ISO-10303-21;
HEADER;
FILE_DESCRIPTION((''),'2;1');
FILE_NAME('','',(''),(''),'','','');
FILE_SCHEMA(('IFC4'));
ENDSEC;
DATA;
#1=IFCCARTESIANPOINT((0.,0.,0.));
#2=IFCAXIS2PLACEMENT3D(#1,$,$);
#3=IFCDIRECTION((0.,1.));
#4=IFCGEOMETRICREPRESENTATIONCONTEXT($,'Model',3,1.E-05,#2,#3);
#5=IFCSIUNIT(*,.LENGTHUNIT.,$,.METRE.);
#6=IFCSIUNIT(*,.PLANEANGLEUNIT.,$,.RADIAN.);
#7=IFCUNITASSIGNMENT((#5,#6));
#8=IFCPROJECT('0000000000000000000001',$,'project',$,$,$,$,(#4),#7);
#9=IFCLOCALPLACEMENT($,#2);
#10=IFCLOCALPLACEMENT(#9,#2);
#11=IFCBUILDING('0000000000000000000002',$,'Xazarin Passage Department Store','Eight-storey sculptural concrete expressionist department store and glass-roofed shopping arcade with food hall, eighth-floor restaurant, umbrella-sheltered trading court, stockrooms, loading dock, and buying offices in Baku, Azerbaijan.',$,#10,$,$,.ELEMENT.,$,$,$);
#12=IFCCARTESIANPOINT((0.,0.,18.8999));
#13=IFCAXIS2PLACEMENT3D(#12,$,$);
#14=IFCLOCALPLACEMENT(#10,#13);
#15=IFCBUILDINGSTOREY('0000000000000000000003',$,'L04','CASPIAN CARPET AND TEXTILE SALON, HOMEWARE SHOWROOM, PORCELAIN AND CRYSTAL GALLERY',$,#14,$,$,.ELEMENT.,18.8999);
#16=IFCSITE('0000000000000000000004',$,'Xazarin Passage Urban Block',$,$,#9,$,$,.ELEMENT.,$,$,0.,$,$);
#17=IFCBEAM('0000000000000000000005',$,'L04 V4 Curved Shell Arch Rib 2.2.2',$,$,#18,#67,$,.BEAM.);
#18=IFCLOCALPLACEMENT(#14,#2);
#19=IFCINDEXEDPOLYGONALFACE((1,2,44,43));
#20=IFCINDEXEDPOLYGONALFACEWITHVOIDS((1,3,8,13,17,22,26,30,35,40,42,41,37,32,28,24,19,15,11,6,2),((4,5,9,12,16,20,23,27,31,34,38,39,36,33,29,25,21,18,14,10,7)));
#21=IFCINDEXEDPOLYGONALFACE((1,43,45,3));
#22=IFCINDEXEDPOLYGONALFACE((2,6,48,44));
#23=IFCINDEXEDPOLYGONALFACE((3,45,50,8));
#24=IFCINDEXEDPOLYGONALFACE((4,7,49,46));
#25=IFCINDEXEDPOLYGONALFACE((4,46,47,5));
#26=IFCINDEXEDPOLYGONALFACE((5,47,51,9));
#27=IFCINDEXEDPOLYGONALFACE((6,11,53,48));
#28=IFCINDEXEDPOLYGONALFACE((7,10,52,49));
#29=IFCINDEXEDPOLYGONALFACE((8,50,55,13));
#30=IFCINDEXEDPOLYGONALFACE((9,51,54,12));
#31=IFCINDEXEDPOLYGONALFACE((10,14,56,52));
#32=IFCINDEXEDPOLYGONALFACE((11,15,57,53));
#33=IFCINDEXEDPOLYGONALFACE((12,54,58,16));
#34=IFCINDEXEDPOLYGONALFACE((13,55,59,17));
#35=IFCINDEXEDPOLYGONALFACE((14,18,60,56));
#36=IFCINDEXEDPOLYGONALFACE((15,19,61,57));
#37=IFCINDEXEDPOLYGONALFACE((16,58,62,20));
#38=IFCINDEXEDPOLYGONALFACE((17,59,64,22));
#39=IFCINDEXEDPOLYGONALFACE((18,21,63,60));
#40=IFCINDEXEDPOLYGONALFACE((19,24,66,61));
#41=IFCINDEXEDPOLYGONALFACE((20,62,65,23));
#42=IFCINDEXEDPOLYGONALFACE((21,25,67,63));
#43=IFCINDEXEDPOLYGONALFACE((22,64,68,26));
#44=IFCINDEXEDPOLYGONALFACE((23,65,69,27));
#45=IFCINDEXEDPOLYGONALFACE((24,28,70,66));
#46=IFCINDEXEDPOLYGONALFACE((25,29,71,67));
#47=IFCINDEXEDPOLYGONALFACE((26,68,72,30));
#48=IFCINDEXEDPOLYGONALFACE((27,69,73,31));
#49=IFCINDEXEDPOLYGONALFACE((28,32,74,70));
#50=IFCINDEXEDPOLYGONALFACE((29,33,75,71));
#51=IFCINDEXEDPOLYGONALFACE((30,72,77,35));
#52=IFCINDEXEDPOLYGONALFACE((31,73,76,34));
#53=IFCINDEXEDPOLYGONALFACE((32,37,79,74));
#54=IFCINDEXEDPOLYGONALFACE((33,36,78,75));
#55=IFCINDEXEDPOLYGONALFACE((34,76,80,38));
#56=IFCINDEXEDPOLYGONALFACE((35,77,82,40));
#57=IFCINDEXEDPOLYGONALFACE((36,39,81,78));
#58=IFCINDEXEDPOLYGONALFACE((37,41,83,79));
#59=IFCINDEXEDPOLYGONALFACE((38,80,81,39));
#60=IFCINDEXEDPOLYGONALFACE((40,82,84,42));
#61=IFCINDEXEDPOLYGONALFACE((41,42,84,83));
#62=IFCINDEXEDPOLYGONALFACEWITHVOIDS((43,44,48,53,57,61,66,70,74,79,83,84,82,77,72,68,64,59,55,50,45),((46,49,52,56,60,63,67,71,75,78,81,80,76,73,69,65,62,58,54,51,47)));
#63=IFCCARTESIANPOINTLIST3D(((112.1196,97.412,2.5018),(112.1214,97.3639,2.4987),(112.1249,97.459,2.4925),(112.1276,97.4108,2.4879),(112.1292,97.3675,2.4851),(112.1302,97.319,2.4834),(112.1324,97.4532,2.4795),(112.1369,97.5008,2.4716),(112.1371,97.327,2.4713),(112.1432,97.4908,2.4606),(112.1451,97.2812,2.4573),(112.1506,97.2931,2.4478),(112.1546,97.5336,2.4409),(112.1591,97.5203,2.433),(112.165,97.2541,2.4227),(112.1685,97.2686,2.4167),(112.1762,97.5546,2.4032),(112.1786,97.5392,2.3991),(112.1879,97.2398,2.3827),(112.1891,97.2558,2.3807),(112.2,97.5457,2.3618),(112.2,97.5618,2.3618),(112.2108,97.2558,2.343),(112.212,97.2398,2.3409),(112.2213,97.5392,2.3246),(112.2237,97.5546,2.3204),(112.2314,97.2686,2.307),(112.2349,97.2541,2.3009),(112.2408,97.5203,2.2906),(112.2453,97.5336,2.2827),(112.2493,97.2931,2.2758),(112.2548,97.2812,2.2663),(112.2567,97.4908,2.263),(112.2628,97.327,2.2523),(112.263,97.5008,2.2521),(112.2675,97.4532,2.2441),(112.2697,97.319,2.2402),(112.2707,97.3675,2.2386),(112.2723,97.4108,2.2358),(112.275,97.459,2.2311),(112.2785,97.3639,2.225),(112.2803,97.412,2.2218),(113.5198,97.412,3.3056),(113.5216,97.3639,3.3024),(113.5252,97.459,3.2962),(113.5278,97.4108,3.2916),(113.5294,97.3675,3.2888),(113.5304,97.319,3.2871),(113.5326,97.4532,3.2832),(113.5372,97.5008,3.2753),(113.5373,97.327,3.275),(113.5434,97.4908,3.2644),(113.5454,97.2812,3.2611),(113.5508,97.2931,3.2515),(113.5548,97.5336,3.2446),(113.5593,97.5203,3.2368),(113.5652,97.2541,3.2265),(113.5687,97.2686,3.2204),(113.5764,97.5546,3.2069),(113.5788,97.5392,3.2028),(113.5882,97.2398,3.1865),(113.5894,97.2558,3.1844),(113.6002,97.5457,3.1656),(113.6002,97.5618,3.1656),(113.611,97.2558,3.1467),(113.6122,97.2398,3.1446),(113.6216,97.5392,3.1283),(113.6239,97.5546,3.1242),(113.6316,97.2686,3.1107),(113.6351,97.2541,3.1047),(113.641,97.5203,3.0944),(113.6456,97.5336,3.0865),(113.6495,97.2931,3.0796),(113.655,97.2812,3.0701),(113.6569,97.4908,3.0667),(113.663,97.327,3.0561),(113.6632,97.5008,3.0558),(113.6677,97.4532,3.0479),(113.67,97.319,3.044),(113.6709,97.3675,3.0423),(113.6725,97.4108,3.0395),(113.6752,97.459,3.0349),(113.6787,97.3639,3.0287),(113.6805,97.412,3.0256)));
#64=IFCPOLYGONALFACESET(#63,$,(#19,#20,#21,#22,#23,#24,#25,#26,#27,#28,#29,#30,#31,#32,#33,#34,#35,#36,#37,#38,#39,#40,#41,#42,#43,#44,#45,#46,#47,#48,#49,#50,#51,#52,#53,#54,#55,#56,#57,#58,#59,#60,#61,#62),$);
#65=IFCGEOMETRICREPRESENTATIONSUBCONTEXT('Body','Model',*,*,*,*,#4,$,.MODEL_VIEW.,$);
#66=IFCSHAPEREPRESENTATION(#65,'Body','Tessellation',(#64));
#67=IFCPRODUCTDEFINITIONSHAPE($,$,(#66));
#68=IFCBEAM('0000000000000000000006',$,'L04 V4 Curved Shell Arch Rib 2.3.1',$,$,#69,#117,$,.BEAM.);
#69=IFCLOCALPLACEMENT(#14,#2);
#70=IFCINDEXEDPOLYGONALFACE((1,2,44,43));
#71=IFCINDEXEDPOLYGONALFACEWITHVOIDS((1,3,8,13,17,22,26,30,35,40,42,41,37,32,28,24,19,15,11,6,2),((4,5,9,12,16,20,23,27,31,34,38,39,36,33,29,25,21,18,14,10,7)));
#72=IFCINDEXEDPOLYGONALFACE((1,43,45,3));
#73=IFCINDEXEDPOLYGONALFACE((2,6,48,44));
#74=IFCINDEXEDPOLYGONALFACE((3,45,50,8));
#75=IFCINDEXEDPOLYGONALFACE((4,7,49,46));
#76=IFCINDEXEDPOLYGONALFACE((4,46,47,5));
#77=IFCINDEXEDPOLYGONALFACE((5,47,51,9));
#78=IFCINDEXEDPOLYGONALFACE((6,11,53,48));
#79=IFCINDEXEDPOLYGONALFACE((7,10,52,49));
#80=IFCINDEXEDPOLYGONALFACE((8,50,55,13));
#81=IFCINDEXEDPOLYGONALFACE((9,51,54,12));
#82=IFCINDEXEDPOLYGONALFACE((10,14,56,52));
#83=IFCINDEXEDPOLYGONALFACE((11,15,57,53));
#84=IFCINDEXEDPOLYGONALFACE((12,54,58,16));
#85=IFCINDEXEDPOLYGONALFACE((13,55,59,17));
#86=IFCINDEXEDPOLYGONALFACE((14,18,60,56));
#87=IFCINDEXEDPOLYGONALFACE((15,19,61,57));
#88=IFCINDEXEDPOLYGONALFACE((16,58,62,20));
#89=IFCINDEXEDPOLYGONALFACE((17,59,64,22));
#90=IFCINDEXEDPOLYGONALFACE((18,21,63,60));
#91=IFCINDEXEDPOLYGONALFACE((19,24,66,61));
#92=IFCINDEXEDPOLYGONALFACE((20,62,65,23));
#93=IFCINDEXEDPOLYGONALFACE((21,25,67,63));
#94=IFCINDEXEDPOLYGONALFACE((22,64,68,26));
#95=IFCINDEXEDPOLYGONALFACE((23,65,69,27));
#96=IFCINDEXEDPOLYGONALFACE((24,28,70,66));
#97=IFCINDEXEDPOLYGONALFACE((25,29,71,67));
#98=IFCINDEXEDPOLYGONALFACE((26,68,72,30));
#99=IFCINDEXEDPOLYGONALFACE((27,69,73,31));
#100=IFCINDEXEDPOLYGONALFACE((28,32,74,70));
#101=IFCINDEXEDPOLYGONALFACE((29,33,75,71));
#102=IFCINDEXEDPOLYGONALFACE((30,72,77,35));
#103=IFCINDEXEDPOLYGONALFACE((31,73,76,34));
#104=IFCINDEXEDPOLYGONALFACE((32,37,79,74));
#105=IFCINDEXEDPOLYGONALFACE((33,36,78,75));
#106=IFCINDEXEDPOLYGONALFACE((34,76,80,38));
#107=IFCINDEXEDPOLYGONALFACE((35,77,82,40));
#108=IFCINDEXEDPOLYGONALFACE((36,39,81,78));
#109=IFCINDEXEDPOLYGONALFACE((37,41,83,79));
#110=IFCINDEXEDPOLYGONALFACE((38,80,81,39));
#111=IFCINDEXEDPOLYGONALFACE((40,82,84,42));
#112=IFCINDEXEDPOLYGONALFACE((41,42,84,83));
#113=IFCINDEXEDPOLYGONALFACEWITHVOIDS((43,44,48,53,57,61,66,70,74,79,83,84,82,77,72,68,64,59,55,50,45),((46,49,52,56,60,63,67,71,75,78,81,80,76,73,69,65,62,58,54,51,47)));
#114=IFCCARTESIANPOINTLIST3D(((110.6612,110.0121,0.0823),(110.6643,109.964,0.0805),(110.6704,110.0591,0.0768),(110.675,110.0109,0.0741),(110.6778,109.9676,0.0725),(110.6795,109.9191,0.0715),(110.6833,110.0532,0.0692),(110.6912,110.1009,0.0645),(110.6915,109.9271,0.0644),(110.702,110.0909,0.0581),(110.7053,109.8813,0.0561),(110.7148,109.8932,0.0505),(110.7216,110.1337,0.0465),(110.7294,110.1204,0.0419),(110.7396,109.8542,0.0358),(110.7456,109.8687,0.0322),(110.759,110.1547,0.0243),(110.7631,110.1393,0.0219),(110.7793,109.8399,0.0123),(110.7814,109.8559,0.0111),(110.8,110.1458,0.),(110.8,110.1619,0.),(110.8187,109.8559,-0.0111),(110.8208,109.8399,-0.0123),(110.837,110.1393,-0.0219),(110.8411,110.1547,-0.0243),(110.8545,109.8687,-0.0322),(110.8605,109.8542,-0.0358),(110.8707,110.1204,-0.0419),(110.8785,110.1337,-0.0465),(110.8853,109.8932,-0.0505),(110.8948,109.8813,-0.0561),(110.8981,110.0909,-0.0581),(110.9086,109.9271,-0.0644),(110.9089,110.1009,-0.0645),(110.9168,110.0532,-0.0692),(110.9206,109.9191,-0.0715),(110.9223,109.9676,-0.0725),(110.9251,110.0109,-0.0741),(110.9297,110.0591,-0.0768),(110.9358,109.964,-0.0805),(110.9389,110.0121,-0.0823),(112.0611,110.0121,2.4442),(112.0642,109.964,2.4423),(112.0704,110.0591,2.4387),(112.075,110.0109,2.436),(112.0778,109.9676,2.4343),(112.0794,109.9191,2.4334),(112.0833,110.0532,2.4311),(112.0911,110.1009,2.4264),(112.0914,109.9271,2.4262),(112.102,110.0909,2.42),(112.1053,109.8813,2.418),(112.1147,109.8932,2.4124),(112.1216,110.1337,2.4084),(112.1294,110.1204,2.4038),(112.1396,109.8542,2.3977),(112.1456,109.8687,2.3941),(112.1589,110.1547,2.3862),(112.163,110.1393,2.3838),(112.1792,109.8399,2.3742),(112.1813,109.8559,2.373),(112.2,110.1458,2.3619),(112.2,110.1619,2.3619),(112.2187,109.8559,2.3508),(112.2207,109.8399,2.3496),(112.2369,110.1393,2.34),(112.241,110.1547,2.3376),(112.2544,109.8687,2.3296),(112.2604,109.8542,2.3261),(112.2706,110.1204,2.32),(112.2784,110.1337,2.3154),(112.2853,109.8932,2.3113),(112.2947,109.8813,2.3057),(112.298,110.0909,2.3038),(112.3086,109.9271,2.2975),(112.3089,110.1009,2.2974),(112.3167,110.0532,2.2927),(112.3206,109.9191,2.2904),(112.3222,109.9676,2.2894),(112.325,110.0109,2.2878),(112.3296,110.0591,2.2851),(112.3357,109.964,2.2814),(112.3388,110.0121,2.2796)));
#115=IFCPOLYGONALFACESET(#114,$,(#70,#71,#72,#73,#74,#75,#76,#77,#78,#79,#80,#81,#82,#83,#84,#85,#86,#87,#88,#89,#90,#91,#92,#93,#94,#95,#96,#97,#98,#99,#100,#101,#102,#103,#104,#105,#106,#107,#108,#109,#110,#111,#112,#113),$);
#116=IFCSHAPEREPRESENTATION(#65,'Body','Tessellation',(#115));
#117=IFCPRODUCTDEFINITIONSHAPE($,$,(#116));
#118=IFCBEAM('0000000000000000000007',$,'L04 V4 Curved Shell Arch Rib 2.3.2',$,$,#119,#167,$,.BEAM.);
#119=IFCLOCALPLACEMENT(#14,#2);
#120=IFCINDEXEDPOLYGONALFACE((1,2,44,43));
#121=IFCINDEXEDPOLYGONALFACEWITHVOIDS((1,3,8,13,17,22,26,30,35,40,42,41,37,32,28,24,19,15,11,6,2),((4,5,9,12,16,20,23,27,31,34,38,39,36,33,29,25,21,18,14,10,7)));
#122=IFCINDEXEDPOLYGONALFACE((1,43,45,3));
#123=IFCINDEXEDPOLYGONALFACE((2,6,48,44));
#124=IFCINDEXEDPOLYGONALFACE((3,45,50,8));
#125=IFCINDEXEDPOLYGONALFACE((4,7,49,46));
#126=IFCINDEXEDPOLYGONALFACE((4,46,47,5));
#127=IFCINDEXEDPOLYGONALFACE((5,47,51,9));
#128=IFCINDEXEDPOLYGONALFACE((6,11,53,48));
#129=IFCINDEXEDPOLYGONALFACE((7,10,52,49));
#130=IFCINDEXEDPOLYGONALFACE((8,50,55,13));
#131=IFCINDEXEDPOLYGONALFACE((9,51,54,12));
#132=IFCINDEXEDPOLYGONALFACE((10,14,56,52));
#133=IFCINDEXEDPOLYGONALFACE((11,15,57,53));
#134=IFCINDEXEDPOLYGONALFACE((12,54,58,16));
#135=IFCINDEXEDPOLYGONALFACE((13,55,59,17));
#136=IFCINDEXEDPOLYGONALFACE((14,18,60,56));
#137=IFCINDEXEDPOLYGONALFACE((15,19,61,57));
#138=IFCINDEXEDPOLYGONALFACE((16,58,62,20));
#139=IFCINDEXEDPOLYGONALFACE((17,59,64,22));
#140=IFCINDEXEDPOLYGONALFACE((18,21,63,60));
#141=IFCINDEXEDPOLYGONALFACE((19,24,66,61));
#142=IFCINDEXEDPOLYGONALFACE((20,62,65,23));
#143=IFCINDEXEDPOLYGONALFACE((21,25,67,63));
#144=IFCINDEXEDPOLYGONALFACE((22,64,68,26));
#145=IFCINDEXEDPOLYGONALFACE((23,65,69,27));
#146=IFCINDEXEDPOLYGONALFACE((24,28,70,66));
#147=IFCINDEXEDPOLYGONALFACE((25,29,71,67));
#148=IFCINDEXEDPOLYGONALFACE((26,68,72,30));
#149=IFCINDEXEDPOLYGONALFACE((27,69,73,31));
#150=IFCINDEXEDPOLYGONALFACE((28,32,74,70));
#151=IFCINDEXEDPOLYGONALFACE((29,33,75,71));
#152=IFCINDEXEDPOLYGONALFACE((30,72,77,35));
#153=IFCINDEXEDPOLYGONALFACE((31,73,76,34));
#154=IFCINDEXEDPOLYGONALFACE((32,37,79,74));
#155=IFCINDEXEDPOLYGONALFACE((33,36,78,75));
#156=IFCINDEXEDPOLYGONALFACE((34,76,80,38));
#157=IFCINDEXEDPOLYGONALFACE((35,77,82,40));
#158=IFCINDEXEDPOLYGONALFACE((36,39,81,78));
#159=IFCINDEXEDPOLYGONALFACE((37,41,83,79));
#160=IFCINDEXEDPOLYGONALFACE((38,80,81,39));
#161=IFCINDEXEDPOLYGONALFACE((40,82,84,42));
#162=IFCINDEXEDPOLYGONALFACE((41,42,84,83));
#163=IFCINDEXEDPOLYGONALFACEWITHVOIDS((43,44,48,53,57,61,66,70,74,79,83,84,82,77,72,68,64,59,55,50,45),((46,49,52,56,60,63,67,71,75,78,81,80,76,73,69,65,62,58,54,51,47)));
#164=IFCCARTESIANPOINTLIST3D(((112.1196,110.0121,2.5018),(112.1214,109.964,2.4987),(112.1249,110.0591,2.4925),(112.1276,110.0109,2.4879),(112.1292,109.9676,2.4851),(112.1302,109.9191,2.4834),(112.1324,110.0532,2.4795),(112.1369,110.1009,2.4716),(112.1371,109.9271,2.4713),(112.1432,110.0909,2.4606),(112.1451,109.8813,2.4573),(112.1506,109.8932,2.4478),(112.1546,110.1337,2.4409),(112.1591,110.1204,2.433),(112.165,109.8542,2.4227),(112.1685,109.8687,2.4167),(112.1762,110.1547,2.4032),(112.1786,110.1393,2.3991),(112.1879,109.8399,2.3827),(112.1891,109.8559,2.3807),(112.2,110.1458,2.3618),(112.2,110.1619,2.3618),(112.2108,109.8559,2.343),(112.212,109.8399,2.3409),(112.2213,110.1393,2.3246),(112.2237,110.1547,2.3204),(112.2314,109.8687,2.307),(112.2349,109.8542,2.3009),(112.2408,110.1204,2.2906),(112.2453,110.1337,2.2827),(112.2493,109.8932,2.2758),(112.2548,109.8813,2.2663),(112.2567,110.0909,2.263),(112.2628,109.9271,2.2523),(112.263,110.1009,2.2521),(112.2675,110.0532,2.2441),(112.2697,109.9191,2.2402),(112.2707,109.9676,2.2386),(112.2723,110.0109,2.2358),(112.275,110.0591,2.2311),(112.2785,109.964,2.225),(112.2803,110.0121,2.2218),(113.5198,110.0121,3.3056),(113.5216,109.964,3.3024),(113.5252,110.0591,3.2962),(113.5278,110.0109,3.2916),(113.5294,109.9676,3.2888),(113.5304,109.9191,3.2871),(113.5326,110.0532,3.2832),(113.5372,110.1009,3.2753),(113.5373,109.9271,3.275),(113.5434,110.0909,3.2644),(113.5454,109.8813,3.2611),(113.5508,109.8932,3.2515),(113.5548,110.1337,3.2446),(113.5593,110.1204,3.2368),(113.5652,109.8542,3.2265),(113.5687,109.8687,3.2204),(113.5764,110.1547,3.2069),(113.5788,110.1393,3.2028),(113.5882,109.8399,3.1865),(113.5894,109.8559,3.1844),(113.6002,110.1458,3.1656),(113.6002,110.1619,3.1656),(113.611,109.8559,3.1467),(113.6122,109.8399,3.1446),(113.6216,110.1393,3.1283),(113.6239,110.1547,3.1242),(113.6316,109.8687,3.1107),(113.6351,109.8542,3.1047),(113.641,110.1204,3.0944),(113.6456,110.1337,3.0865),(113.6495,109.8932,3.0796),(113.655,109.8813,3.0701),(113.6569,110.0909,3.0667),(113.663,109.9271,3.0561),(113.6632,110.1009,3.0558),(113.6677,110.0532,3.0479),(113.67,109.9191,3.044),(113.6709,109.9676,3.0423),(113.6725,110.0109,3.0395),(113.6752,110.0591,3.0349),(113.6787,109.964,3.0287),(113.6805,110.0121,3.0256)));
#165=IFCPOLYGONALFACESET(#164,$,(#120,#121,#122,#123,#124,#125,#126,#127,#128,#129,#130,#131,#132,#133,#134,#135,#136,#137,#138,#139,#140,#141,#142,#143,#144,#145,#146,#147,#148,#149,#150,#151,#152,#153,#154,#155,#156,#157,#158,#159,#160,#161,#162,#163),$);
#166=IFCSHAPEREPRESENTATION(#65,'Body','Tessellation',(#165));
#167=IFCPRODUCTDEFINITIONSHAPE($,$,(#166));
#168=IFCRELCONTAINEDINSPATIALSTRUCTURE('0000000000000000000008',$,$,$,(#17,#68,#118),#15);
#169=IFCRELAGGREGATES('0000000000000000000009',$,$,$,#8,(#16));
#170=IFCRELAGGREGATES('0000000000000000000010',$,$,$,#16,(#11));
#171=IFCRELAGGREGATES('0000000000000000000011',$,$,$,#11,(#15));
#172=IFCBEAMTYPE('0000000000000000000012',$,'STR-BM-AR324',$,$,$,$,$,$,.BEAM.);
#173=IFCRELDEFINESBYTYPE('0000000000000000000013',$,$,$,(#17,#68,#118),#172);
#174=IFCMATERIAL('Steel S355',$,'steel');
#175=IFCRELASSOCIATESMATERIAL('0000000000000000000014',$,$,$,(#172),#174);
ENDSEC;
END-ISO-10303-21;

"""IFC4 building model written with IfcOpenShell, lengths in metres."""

from ifc_helpers import new_model, si_unit, direction, frame, origin, origin_2d, place, context, subcontext, project, spatial, hollow_circle, extrude, material, material_profile, profile_set, type_object, element, save


model = new_model("IFC4")

# Units and contexts
model_context = context("Model", 3, precision=1e-05, world=origin(), true_north=direction((0.0, 1.0)))
body_context = subcontext(model_context, "Body", "Model", "MODEL_VIEW")
ifc_project = project(units=[si_unit("LENGTHUNIT", "METRE"), si_unit("PLANEANGLEUNIT", "RADIAN")], contexts=[model_context])

# Site, building, storey
site_placement = place(None, origin())
site = spatial("IfcSite", under=ifc_project, at=site_placement, Name="Xazarin Passage Urban Block", CompositionType="ELEMENT", RefElevation=0.0)
building_placement = place(site_placement, origin())
building = spatial("IfcBuilding", under=site, at=building_placement, Name="Xazarin Passage Department Store", Description="Eight-storey sculptural concrete expressionist department store and glass-roofed shopping arcade with food hall, eighth-floor restaurant, umbrella-sheltered trading court, stockrooms, loading dock, and buying offices in Baku, Azerbaijan.", CompositionType="ELEMENT")
storey_placement = place(building_placement, frame((0.0, 0.0, 18.8999)))
storey = spatial("IfcBuildingStorey", under=building, at=storey_placement, Name="L04", Description="CASPIAN CARPET AND TEXTILE SALON, HOMEWARE SHOWROOM, PORCELAIN AND CRYSTAL GALLERY", CompositionType="ELEMENT", Elevation=18.8999)

# Beams
ifc_material_1 = material(Name="Steel S355", Category="steel")
ifc_material_profile_1 = material_profile(ifc_material_1, hollow_circle(Radius=0.1619, WallThickness=0.0161, at=origin_2d()), Name="CHS 323.9x16")
ifc_profile_set_1 = profile_set([ifc_material_profile_1], Name="Steel S355")
beam_type_1 = type_object("IfcBeamType", Name="STR-BM-AR324", PredefinedType="BEAM", material=ifc_profile_set_1)
beam_1_placement = place(storey_placement, frame((112.2, 97.3999, 2.3618), z_axis=(0.867274, 0.0, 0.497832), x_axis=(0.0, 1.0, 0.0)))
element("IfcBeam", 1, at=beam_1_placement, inside=storey, type_object=beam_type_1, Name="L04 V4 Curved Shell Arch Rib 2.2.2", PredefinedType="BEAM", context=body_context, shape_type="SweptSolid", body=[
    extrude(hollow_circle(Radius=0.1619, WallThickness=0.0161, at=origin_2d()), origin(), (0.0, 0.0, 1.0), 1.6145),
])
beam_2_placement = place(storey_placement, frame((110.8, 110.0, 0.0), z_axis=(0.509885, 0.0, 0.860242), x_axis=(0.0, 1.0, 0.0)))
element("IfcBeam", 2, at=beam_2_placement, inside=storey, type_object=beam_type_1, Name="L04 V4 Curved Shell Arch Rib 2.3.1", PredefinedType="BEAM", context=body_context, shape_type="SweptSolid", body=[
    extrude(hollow_circle(Radius=0.1619, WallThickness=0.0161, at=origin_2d()), origin(), (0.0, 0.0, 1.0), 2.7456),
])
beam_3_placement = place(storey_placement, frame((112.2, 110.0, 2.3618), z_axis=(0.867274, 0.0, 0.497832), x_axis=(0.0, 1.0, 0.0)))
element("IfcBeam", 3, at=beam_3_placement, inside=storey, type_object=beam_type_1, Name="L04 V4 Curved Shell Arch Rib 2.3.2", PredefinedType="BEAM", context=body_context, shape_type="SweptSolid", body=[
    extrude(hollow_circle(Radius=0.1619, WallThickness=0.0161, at=origin_2d()), origin(), (0.0, 0.0, 1.0), 1.6145),
])

save(model, "model.ifc")
